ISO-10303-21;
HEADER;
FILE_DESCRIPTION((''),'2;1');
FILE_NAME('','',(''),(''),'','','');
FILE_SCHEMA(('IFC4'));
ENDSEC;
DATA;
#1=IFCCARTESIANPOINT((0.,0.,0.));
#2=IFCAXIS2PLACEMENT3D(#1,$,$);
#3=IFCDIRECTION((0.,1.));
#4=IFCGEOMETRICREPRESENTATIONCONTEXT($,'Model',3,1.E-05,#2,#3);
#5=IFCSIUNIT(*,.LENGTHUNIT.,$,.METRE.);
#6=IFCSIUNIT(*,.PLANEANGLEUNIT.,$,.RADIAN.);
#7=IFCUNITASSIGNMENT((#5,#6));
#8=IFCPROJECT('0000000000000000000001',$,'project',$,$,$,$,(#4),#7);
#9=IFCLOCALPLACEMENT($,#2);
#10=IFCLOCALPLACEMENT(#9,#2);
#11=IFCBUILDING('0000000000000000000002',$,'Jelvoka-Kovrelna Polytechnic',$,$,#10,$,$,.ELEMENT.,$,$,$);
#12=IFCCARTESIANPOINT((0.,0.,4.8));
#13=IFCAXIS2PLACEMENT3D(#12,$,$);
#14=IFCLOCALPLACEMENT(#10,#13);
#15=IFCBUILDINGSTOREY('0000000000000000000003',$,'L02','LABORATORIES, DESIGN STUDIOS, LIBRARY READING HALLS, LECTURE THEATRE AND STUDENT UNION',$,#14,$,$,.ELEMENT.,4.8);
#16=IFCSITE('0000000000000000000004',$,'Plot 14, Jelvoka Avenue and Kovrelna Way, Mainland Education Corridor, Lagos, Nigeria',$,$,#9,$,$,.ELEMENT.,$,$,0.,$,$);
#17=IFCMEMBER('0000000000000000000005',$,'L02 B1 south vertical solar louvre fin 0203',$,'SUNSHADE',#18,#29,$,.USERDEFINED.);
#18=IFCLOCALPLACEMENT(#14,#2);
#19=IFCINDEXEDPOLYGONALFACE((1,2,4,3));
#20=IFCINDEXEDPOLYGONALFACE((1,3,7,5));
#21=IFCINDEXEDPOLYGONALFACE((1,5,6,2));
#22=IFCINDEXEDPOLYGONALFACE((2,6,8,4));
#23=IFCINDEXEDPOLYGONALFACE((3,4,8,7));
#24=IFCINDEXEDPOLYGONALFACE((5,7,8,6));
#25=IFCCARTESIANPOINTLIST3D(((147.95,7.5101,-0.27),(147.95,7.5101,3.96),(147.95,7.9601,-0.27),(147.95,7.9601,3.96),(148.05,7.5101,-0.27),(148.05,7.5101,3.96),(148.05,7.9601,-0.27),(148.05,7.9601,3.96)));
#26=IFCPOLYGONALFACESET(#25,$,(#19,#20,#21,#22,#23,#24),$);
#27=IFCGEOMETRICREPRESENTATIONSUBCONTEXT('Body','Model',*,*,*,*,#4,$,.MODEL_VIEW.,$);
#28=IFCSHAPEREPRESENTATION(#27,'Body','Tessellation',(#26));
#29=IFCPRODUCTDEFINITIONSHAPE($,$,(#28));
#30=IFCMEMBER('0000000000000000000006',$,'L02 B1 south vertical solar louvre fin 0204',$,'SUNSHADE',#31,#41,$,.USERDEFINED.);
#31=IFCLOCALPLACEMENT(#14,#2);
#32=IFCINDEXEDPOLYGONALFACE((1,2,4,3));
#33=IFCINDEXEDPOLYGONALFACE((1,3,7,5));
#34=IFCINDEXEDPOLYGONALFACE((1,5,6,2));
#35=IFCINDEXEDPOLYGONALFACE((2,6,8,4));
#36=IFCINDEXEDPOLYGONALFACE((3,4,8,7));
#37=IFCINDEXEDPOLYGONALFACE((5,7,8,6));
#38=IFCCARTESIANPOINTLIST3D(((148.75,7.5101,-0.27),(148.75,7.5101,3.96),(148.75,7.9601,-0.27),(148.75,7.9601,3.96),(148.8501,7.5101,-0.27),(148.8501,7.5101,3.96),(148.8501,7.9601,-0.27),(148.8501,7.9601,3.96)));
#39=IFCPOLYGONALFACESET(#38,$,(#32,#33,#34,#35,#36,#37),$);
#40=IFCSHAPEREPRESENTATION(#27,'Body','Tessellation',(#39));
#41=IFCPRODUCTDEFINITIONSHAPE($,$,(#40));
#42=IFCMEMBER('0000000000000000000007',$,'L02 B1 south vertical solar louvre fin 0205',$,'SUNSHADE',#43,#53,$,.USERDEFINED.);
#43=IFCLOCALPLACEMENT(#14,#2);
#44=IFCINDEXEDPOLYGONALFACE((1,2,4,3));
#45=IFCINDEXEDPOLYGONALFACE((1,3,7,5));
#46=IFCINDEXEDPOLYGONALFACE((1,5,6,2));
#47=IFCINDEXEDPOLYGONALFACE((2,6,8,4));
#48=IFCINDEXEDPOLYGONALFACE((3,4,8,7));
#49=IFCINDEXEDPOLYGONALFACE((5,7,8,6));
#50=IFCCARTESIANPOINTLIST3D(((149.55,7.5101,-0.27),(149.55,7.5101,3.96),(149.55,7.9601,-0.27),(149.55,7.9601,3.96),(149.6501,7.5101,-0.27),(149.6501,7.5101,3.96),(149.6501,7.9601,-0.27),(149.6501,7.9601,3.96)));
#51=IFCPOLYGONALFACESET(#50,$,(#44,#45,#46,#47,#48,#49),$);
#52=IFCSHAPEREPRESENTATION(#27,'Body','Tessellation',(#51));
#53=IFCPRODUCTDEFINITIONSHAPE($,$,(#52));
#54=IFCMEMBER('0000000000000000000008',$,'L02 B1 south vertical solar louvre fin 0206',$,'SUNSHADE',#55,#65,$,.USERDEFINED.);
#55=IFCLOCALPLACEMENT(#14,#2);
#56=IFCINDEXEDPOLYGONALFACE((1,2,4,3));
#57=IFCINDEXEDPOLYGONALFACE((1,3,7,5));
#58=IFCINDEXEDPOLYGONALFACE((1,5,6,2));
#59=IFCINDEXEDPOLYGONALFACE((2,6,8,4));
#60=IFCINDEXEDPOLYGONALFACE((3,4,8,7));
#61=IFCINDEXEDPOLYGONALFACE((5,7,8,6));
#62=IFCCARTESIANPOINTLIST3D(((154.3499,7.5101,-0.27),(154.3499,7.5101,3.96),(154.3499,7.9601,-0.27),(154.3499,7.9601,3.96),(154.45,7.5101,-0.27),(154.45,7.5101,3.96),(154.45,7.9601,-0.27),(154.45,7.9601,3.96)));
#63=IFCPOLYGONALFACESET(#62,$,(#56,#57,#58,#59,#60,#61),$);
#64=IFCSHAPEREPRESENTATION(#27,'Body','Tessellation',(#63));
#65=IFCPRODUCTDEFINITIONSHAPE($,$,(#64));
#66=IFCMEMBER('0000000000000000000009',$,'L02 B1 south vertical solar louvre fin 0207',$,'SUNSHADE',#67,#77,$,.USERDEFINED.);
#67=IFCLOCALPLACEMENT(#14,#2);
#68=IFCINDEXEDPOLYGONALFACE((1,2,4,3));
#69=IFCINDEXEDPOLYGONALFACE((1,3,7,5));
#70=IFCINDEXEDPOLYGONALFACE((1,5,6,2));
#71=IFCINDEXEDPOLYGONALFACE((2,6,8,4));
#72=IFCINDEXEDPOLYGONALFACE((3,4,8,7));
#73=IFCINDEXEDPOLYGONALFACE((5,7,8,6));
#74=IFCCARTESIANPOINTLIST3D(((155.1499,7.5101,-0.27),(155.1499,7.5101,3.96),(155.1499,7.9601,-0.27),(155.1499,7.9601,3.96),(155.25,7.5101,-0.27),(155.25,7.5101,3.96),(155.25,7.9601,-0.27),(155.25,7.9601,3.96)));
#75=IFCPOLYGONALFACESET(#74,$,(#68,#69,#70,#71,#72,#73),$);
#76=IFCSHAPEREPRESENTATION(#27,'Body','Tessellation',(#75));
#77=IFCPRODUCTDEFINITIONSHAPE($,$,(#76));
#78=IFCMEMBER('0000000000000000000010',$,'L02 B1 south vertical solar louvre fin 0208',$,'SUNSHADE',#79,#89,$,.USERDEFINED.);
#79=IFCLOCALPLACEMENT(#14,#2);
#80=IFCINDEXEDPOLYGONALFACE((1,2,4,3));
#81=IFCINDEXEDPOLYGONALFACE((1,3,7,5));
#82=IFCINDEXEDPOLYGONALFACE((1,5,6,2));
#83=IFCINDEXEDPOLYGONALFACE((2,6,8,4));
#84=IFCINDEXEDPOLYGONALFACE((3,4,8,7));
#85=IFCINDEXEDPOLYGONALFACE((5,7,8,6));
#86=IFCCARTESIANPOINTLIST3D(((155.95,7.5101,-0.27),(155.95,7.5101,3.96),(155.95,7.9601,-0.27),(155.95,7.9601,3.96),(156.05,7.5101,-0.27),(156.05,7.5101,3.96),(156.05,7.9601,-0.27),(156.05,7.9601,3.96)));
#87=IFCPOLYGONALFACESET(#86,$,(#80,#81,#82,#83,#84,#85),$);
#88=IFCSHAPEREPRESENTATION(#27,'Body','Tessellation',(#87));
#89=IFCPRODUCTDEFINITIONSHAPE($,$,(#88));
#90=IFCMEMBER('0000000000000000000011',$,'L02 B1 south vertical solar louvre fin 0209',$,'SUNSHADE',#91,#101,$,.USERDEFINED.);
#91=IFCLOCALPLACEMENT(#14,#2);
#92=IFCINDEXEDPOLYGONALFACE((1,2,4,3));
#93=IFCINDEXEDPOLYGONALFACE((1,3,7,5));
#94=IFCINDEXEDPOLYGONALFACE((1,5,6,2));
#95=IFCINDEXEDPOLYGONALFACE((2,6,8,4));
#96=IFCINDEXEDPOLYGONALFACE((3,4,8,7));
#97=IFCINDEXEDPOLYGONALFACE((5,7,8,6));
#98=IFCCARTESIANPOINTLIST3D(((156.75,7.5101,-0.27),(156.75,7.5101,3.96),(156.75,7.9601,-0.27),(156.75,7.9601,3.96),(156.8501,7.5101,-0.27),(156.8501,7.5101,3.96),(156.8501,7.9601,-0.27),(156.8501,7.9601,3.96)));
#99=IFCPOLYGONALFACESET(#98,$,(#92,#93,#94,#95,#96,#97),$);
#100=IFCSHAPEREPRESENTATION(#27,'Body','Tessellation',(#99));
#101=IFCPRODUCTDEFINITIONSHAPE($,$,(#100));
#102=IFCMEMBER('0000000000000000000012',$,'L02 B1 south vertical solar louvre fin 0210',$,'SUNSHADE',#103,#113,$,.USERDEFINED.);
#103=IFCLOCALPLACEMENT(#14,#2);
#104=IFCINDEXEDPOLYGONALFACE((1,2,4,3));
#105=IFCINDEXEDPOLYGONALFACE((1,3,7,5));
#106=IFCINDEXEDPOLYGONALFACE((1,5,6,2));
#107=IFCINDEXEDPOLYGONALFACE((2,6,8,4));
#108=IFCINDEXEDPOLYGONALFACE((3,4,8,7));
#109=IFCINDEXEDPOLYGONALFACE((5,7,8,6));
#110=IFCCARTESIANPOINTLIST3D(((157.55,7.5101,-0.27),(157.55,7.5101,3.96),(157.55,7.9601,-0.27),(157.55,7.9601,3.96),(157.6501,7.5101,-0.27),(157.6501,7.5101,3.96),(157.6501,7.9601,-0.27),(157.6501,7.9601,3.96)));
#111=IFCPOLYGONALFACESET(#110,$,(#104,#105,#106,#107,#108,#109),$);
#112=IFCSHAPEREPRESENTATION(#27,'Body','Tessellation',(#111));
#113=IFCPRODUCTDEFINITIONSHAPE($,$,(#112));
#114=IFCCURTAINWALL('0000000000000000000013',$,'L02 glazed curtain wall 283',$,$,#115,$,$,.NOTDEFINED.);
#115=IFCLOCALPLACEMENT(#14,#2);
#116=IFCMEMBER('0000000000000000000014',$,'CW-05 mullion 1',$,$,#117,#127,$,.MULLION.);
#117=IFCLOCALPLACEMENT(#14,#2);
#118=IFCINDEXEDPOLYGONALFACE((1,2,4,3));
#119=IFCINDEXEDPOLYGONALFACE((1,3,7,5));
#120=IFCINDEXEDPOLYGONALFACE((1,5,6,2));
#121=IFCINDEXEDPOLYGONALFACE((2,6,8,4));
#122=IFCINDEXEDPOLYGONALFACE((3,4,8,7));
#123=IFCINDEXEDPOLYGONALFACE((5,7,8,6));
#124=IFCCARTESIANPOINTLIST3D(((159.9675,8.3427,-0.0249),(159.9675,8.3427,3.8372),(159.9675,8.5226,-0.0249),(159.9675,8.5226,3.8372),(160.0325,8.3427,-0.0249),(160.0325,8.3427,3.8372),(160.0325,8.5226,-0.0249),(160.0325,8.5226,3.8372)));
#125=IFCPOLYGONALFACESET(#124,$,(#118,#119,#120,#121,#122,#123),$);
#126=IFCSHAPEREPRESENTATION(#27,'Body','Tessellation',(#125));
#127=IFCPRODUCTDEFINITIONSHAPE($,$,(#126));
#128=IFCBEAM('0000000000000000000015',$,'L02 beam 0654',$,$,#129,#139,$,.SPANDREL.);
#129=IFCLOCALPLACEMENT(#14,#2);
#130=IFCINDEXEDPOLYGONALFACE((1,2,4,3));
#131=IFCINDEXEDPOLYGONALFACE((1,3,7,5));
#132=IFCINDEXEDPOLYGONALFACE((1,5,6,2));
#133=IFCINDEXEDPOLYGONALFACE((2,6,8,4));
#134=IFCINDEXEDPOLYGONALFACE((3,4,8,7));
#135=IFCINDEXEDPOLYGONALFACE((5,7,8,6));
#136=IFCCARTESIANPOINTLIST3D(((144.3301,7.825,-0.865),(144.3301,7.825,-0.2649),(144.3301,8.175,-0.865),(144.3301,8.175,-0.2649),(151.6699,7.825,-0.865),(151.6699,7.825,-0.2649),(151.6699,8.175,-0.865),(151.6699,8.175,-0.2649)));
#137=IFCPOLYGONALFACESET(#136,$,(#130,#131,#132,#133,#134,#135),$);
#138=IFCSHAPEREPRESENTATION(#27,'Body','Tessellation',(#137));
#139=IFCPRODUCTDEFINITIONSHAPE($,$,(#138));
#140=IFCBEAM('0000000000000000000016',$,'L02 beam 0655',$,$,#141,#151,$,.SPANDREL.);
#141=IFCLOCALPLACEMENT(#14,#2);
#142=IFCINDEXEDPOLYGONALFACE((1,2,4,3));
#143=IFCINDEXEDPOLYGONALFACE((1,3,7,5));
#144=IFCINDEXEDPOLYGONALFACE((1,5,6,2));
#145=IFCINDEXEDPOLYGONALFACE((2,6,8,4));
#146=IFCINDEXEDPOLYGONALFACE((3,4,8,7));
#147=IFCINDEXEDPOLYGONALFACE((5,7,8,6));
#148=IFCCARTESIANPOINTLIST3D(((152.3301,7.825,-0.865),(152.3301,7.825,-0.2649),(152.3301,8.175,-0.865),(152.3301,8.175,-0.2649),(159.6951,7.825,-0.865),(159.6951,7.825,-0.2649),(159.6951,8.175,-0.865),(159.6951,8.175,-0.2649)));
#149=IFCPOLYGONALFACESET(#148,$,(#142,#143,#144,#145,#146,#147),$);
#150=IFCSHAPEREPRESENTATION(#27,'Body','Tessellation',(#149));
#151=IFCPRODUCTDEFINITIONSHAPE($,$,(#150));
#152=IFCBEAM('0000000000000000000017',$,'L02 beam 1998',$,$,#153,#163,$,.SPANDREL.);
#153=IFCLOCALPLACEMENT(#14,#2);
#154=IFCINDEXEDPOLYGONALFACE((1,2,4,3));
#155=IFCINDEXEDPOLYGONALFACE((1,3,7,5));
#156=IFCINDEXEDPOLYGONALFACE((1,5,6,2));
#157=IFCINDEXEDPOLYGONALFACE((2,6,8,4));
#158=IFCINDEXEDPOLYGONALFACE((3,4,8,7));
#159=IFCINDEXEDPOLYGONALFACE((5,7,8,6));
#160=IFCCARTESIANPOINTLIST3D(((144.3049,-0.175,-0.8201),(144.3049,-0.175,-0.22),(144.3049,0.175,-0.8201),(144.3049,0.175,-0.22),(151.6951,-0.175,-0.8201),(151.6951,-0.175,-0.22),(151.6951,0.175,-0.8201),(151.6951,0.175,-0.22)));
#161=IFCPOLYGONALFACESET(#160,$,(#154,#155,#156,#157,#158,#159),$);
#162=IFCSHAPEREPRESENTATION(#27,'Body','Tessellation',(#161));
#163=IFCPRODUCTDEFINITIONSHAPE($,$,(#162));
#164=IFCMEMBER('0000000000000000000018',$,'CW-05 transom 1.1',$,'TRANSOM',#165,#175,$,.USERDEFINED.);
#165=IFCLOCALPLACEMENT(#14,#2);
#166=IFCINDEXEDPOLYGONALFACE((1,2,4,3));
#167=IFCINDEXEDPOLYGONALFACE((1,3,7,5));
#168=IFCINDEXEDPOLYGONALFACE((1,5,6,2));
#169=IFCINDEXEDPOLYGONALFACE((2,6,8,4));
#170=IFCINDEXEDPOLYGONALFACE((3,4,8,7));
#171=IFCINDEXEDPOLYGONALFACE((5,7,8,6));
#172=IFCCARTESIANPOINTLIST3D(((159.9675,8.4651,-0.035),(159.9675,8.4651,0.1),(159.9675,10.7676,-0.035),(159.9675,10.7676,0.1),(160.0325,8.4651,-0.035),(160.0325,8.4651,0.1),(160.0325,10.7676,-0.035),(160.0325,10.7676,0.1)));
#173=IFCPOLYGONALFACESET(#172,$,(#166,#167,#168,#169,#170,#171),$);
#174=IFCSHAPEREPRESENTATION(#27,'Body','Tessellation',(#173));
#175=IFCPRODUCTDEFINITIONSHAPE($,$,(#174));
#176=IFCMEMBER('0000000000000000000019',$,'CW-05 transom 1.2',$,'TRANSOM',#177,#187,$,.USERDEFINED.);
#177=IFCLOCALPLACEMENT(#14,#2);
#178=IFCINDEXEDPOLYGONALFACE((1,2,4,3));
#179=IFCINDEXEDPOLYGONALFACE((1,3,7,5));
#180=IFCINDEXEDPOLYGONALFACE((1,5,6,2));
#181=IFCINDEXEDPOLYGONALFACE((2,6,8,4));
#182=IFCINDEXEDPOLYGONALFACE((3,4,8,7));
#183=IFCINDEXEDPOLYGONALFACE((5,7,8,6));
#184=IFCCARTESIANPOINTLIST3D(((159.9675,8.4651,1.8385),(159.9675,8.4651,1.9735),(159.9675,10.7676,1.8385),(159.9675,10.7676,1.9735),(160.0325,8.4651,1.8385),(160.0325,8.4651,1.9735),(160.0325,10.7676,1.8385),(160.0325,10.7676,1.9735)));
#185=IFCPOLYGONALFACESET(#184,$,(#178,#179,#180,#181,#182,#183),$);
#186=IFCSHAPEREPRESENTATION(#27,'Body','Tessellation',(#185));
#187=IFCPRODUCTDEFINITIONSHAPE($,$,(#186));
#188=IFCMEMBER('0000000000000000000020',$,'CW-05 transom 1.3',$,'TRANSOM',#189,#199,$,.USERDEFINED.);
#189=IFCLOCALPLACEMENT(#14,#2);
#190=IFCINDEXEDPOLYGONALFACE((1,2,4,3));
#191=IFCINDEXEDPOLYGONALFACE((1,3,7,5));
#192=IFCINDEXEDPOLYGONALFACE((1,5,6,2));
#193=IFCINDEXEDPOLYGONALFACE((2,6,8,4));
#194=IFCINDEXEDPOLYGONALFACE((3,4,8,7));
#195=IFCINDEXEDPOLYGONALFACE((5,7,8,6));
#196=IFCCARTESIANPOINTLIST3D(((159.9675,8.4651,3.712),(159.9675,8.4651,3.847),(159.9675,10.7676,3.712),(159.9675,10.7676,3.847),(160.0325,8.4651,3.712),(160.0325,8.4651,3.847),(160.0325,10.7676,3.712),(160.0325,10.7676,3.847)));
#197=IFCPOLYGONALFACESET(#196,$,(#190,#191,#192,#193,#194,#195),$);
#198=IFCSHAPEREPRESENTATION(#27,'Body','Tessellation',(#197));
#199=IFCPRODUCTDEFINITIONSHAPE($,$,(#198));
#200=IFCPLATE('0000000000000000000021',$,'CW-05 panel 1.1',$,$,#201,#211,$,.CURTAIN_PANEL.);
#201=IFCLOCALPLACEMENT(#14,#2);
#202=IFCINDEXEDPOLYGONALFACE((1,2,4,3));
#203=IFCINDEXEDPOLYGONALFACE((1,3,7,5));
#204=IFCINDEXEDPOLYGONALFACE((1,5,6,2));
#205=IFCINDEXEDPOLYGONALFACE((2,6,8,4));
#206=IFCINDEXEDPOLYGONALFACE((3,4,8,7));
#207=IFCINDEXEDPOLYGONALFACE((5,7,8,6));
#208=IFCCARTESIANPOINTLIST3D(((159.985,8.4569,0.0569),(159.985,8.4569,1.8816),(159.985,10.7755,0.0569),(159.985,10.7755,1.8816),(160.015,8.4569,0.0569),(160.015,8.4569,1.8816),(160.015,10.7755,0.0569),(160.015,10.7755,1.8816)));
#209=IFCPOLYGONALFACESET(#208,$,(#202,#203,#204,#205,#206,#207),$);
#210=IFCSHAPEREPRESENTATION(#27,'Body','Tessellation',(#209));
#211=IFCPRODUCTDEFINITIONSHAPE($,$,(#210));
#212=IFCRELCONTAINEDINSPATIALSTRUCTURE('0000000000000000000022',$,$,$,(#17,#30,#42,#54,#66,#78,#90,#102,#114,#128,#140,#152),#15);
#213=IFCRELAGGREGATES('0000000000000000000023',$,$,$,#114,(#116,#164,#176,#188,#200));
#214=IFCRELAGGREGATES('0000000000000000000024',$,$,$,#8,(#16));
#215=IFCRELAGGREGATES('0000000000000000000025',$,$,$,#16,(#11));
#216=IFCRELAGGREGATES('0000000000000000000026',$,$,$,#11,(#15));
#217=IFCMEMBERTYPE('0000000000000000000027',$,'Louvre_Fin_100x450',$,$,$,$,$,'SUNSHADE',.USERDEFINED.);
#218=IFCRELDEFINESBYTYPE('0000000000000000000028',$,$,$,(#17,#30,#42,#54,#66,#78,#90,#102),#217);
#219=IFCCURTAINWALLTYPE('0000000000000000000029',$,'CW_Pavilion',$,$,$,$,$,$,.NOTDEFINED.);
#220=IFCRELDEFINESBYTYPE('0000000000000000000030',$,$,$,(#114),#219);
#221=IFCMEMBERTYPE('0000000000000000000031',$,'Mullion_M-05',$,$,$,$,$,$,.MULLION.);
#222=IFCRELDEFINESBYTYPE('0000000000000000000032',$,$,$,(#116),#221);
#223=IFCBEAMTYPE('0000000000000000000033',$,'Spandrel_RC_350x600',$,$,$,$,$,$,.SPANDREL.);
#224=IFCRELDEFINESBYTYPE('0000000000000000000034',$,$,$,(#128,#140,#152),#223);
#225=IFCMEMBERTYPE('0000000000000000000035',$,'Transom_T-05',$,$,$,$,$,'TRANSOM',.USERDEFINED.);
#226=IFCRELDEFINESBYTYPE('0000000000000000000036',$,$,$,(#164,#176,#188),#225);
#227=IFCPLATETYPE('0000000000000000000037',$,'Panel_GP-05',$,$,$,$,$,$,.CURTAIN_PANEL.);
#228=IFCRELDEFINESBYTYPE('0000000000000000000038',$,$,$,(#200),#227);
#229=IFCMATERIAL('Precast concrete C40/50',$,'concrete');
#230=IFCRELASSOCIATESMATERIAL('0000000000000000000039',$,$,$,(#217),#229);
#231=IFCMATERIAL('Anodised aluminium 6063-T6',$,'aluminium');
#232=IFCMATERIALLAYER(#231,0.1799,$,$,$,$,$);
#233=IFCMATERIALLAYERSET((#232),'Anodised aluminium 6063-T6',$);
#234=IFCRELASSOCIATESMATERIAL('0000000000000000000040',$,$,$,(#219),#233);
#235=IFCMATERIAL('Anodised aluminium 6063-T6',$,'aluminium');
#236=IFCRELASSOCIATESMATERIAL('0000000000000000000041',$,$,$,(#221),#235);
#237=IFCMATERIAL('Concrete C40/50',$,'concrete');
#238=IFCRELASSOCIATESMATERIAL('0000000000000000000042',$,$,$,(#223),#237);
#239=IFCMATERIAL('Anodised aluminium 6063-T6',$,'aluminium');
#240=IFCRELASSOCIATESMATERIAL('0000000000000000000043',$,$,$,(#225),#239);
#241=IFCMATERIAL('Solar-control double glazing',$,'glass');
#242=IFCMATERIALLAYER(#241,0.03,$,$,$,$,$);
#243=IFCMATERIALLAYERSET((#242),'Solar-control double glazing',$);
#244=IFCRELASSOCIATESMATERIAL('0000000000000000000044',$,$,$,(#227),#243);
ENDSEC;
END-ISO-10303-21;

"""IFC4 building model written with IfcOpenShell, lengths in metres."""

from ifc_helpers import new_model, si_unit, direction, frame, origin, origin_2d, place, context, subcontext, project, spatial, rectangle, extrude, material, layer, layer_set, material_profile, profile_set, type_object, element, aggregate, save


model = new_model("IFC4")

# Units and contexts
model_context = context("Model", 3, precision=1e-05, world=origin(), true_north=direction((0.0, 1.0)))
body_context = subcontext(model_context, "Body", "Model", "MODEL_VIEW")
ifc_project = project(units=[si_unit("LENGTHUNIT", "METRE"), si_unit("PLANEANGLEUNIT", "RADIAN")], contexts=[model_context])

# Site, building, storey
site_placement = place(None, origin())
site = spatial("IfcSite", under=ifc_project, at=site_placement, Name="Plot 14, Jelvoka Avenue and Kovrelna Way, Mainland Education Corridor, Lagos, Nigeria", CompositionType="ELEMENT", RefElevation=0.0)
building_placement = place(site_placement, origin())
building = spatial("IfcBuilding", under=site, at=building_placement, Name="Jelvoka-Kovrelna Polytechnic", CompositionType="ELEMENT")
storey_placement = place(building_placement, frame((0.0, 0.0, 4.8)))
storey = spatial("IfcBuildingStorey", under=building, at=storey_placement, Name="L02", Description="LABORATORIES, DESIGN STUDIOS, LIBRARY READING HALLS, LECTURE THEATRE AND STUDENT UNION", CompositionType="ELEMENT", Elevation=4.8)

# Members
ifc_material_1 = material(Name="Precast concrete C40/50", Category="concrete")
ifc_material_profile_1 = material_profile(ifc_material_1, rectangle(XDim=0.1001, YDim=0.45, at=origin_2d()), Name="PC 100x450")
ifc_profile_set_1 = profile_set([ifc_material_profile_1], Name="Precast concrete C40/50")
member_type_1 = type_object("IfcMemberType", Name="Louvre_Fin_100x450", ElementType="SUNSHADE", PredefinedType="USERDEFINED", material=ifc_profile_set_1)
for number, where, z_axis, x_axis, name in (
    (1, (148.0, 7.7351, -0.27), (0.0, 0.0, 1.0), (1.0, 0.0, 0.0), "L02 B1 south vertical solar louvre fin 0203"),
    (2, (148.8, 7.7351, -0.27), (0.0, 0.0, 1.0), (1.0, 0.0, 0.0), "L02 B1 south vertical solar louvre fin 0204"),
    (3, (149.6001, 7.7351, -0.27), (0.0, 0.0, 1.0), (1.0, 0.0, 0.0), "L02 B1 south vertical solar louvre fin 0205"),
    (4, (154.3999, 7.7351, -0.27), (0.0, 0.0, 1.0), (1.0, 0.0, 0.0), "L02 B1 south vertical solar louvre fin 0206"),
    (5, (155.2, 7.7351, -0.27), (0.0, 0.0, 1.0), (1.0, 0.0, 0.0), "L02 B1 south vertical solar louvre fin 0207"),
    (6, (156.0, 7.7351, -0.27), (0.0, 0.0, 1.0), (1.0, 0.0, 0.0), "L02 B1 south vertical solar louvre fin 0208"),
    (7, (156.8, 7.7351, -0.27), (0.0, 0.0, 1.0), (1.0, 0.0, 0.0), "L02 B1 south vertical solar louvre fin 0209"),
    (8, (157.6001, 7.7351, -0.27), (0.0, 0.0, 1.0), (1.0, 0.0, 0.0), "L02 B1 south vertical solar louvre fin 0210"),
):
    element("IfcMember", number, at=place(storey_placement, frame(where, z_axis=z_axis, x_axis=x_axis)), inside=storey, type_object=member_type_1, Name=name, ObjectType="SUNSHADE", PredefinedType="USERDEFINED", context=body_context, shape_type="SweptSolid", body=[
        extrude(rectangle(XDim=0.1001, YDim=0.45, at=origin_2d()), origin(), (0.0, 0.0, 1.0), 4.23),
    ])

# Curtain wall, member
ifc_material_2 = material(Name="Anodised aluminium 6063-T6", Category="aluminium")
ifc_layer_1 = layer(ifc_material_2, 0.1799)
ifc_layer_set_1 = layer_set([ifc_layer_1], Name="Anodised aluminium 6063-T6")
curtain_wall_type = type_object("IfcCurtainWallType", Name="CW_Pavilion", PredefinedType="NOTDEFINED", material=ifc_layer_set_1)
curtain_wall_placement = place(storey_placement, origin())
curtain_wall = element("IfcCurtainWall", 9, at=curtain_wall_placement, inside=storey, type_object=curtain_wall_type, Name="L02 glazed curtain wall 283", PredefinedType="NOTDEFINED")
ifc_material_3 = material(Name="Anodised aluminium 6063-T6", Category="aluminium")
ifc_material_profile_2 = material_profile(ifc_material_3, rectangle(XDim=0.0649, YDim=0.1799, at=origin_2d()), Name="ALU 65x180")
ifc_profile_set_2 = profile_set([ifc_material_profile_2], Name="Anodised aluminium 6063-T6")
member_type_2 = type_object("IfcMemberType", Name="Mullion_M-05", PredefinedType="MULLION", material=ifc_profile_set_2)
member_1_placement = place(storey_placement, frame((160.0, 8.4326, -0.0249), z_axis=(0.0, 0.0, 1.0), x_axis=(-1.0, 0.0, 0.0)))
member_1 = element("IfcMember", 10, at=member_1_placement, type_object=member_type_2, Name="CW-05 mullion 1", PredefinedType="MULLION", context=body_context, shape_type="SweptSolid", body=[
    extrude(rectangle(XDim=0.0649, YDim=0.1799, at=origin_2d()), origin(), (0.0, 0.0, 1.0), 3.8621),
])

# Beams
ifc_material_4 = material(Name="Concrete C40/50", Category="concrete")
ifc_material_profile_3 = material_profile(ifc_material_4, rectangle(XDim=0.3501, YDim=0.6001, at=origin_2d()), Name="RC 350x600")
ifc_profile_set_3 = profile_set([ifc_material_profile_3], Name="Concrete C40/50")
beam_type_1 = type_object("IfcBeamType", Name="Spandrel_RC_350x600", PredefinedType="SPANDREL", material=ifc_profile_set_3)
beam_1_placement = place(storey_placement, frame((144.3301, 8.0, -0.5649), z_axis=(1.0, 0.0, 0.0), x_axis=(0.0, 1.0, 0.0)))
element("IfcBeam", 11, at=beam_1_placement, inside=storey, type_object=beam_type_1, Name="L02 beam 0654", PredefinedType="SPANDREL", context=body_context, shape_type="SweptSolid", body=[
    extrude(rectangle(XDim=0.3501, YDim=0.6001, at=origin_2d()), origin(), (0.0, 0.0, 1.0), 7.3398),
])
beam_2_placement = place(storey_placement, frame((152.3301, 8.0, -0.5649), z_axis=(1.0, 0.0, 0.0), x_axis=(0.0, 1.0, 0.0)))
element("IfcBeam", 12, at=beam_2_placement, inside=storey, type_object=beam_type_1, Name="L02 beam 0655", PredefinedType="SPANDREL", context=body_context, shape_type="SweptSolid", body=[
    extrude(rectangle(XDim=0.3501, YDim=0.6001, at=origin_2d()), origin(), (0.0, 0.0, 1.0), 7.365),
])
beam_3_placement = place(storey_placement, frame((144.3049, 0.0, -0.52), z_axis=(1.0, 0.0, 0.0), x_axis=(0.0, 1.0, 0.0)))
element("IfcBeam", 13, at=beam_3_placement, inside=storey, type_object=beam_type_1, Name="L02 beam 1998", PredefinedType="SPANDREL", context=body_context, shape_type="SweptSolid", body=[
    extrude(rectangle(XDim=0.3501, YDim=0.6001, at=origin_2d()), origin(), (0.0, 0.0, 1.0), 7.3901),
])

# Members
ifc_material_5 = material(Name="Anodised aluminium 6063-T6", Category="aluminium")
ifc_material_profile_4 = material_profile(ifc_material_5, rectangle(XDim=0.0649, YDim=0.135, at=origin_2d()), Name="ALU 65x135")
ifc_profile_set_4 = profile_set([ifc_material_profile_4], Name="Anodised aluminium 6063-T6")
member_type_3 = type_object("IfcMemberType", Name="Transom_T-05", ElementType="TRANSOM", PredefinedType="USERDEFINED", material=ifc_profile_set_4)
member_2_placement = place(storey_placement, frame((160.0, 8.4651, 0.0325), z_axis=(0.0, 1.0, 0.0), x_axis=(-1.0, 0.0, 0.0)))
member_2 = element("IfcMember", 14, at=member_2_placement, type_object=member_type_3, Name="CW-05 transom 1.1", ObjectType="TRANSOM", PredefinedType="USERDEFINED", context=body_context, shape_type="SweptSolid", body=[
    extrude(rectangle(XDim=0.0649, YDim=0.135, at=origin_2d()), origin(), (0.0, 0.0, 1.0), 2.3025),
])
member_3_placement = place(storey_placement, frame((160.0, 8.4651, 1.906), z_axis=(0.0, 1.0, 0.0), x_axis=(-1.0, 0.0, 0.0)))
member_3 = element("IfcMember", 15, at=member_3_placement, type_object=member_type_3, Name="CW-05 transom 1.2", ObjectType="TRANSOM", PredefinedType="USERDEFINED", context=body_context, shape_type="SweptSolid", body=[
    extrude(rectangle(XDim=0.0649, YDim=0.135, at=origin_2d()), origin(), (0.0, 0.0, 1.0), 2.3025),
])
member_4_placement = place(storey_placement, frame((160.0, 8.4651, 3.7795), z_axis=(0.0, 1.0, 0.0), x_axis=(-1.0, 0.0, 0.0)))
member_4 = element("IfcMember", 16, at=member_4_placement, type_object=member_type_3, Name="CW-05 transom 1.3", ObjectType="TRANSOM", PredefinedType="USERDEFINED", context=body_context, shape_type="SweptSolid", body=[
    extrude(rectangle(XDim=0.0649, YDim=0.135, at=origin_2d()), origin(), (0.0, 0.0, 1.0), 2.3025),
])

# Plate
ifc_material_6 = material(Name="Solar-control double glazing", Category="glass")
ifc_layer_2 = layer(ifc_material_6, 0.03)
ifc_layer_set_2 = layer_set([ifc_layer_2], Name="Solar-control double glazing")
plate_type = type_object("IfcPlateType", Name="Panel_GP-05", PredefinedType="CURTAIN_PANEL", material=ifc_layer_set_2)
plate_placement = place(storey_placement, frame((160.0, 9.6162, 0.0569), z_axis=(0.0, 0.0, 1.0), x_axis=(0.0, 1.0, 0.0)))
plate = element("IfcPlate", 17, at=plate_placement, type_object=plate_type, Name="CW-05 panel 1.1", PredefinedType="CURTAIN_PANEL", context=body_context, shape_type="SweptSolid", body=[
    extrude(rectangle(XDim=2.3186, YDim=0.03, at=origin_2d()), origin(), (0.0, 0.0, 1.0), 1.8247),
])
aggregate(curtain_wall, [member_1, member_2, member_3, member_4, plate])

save(model, "model.ifc")
